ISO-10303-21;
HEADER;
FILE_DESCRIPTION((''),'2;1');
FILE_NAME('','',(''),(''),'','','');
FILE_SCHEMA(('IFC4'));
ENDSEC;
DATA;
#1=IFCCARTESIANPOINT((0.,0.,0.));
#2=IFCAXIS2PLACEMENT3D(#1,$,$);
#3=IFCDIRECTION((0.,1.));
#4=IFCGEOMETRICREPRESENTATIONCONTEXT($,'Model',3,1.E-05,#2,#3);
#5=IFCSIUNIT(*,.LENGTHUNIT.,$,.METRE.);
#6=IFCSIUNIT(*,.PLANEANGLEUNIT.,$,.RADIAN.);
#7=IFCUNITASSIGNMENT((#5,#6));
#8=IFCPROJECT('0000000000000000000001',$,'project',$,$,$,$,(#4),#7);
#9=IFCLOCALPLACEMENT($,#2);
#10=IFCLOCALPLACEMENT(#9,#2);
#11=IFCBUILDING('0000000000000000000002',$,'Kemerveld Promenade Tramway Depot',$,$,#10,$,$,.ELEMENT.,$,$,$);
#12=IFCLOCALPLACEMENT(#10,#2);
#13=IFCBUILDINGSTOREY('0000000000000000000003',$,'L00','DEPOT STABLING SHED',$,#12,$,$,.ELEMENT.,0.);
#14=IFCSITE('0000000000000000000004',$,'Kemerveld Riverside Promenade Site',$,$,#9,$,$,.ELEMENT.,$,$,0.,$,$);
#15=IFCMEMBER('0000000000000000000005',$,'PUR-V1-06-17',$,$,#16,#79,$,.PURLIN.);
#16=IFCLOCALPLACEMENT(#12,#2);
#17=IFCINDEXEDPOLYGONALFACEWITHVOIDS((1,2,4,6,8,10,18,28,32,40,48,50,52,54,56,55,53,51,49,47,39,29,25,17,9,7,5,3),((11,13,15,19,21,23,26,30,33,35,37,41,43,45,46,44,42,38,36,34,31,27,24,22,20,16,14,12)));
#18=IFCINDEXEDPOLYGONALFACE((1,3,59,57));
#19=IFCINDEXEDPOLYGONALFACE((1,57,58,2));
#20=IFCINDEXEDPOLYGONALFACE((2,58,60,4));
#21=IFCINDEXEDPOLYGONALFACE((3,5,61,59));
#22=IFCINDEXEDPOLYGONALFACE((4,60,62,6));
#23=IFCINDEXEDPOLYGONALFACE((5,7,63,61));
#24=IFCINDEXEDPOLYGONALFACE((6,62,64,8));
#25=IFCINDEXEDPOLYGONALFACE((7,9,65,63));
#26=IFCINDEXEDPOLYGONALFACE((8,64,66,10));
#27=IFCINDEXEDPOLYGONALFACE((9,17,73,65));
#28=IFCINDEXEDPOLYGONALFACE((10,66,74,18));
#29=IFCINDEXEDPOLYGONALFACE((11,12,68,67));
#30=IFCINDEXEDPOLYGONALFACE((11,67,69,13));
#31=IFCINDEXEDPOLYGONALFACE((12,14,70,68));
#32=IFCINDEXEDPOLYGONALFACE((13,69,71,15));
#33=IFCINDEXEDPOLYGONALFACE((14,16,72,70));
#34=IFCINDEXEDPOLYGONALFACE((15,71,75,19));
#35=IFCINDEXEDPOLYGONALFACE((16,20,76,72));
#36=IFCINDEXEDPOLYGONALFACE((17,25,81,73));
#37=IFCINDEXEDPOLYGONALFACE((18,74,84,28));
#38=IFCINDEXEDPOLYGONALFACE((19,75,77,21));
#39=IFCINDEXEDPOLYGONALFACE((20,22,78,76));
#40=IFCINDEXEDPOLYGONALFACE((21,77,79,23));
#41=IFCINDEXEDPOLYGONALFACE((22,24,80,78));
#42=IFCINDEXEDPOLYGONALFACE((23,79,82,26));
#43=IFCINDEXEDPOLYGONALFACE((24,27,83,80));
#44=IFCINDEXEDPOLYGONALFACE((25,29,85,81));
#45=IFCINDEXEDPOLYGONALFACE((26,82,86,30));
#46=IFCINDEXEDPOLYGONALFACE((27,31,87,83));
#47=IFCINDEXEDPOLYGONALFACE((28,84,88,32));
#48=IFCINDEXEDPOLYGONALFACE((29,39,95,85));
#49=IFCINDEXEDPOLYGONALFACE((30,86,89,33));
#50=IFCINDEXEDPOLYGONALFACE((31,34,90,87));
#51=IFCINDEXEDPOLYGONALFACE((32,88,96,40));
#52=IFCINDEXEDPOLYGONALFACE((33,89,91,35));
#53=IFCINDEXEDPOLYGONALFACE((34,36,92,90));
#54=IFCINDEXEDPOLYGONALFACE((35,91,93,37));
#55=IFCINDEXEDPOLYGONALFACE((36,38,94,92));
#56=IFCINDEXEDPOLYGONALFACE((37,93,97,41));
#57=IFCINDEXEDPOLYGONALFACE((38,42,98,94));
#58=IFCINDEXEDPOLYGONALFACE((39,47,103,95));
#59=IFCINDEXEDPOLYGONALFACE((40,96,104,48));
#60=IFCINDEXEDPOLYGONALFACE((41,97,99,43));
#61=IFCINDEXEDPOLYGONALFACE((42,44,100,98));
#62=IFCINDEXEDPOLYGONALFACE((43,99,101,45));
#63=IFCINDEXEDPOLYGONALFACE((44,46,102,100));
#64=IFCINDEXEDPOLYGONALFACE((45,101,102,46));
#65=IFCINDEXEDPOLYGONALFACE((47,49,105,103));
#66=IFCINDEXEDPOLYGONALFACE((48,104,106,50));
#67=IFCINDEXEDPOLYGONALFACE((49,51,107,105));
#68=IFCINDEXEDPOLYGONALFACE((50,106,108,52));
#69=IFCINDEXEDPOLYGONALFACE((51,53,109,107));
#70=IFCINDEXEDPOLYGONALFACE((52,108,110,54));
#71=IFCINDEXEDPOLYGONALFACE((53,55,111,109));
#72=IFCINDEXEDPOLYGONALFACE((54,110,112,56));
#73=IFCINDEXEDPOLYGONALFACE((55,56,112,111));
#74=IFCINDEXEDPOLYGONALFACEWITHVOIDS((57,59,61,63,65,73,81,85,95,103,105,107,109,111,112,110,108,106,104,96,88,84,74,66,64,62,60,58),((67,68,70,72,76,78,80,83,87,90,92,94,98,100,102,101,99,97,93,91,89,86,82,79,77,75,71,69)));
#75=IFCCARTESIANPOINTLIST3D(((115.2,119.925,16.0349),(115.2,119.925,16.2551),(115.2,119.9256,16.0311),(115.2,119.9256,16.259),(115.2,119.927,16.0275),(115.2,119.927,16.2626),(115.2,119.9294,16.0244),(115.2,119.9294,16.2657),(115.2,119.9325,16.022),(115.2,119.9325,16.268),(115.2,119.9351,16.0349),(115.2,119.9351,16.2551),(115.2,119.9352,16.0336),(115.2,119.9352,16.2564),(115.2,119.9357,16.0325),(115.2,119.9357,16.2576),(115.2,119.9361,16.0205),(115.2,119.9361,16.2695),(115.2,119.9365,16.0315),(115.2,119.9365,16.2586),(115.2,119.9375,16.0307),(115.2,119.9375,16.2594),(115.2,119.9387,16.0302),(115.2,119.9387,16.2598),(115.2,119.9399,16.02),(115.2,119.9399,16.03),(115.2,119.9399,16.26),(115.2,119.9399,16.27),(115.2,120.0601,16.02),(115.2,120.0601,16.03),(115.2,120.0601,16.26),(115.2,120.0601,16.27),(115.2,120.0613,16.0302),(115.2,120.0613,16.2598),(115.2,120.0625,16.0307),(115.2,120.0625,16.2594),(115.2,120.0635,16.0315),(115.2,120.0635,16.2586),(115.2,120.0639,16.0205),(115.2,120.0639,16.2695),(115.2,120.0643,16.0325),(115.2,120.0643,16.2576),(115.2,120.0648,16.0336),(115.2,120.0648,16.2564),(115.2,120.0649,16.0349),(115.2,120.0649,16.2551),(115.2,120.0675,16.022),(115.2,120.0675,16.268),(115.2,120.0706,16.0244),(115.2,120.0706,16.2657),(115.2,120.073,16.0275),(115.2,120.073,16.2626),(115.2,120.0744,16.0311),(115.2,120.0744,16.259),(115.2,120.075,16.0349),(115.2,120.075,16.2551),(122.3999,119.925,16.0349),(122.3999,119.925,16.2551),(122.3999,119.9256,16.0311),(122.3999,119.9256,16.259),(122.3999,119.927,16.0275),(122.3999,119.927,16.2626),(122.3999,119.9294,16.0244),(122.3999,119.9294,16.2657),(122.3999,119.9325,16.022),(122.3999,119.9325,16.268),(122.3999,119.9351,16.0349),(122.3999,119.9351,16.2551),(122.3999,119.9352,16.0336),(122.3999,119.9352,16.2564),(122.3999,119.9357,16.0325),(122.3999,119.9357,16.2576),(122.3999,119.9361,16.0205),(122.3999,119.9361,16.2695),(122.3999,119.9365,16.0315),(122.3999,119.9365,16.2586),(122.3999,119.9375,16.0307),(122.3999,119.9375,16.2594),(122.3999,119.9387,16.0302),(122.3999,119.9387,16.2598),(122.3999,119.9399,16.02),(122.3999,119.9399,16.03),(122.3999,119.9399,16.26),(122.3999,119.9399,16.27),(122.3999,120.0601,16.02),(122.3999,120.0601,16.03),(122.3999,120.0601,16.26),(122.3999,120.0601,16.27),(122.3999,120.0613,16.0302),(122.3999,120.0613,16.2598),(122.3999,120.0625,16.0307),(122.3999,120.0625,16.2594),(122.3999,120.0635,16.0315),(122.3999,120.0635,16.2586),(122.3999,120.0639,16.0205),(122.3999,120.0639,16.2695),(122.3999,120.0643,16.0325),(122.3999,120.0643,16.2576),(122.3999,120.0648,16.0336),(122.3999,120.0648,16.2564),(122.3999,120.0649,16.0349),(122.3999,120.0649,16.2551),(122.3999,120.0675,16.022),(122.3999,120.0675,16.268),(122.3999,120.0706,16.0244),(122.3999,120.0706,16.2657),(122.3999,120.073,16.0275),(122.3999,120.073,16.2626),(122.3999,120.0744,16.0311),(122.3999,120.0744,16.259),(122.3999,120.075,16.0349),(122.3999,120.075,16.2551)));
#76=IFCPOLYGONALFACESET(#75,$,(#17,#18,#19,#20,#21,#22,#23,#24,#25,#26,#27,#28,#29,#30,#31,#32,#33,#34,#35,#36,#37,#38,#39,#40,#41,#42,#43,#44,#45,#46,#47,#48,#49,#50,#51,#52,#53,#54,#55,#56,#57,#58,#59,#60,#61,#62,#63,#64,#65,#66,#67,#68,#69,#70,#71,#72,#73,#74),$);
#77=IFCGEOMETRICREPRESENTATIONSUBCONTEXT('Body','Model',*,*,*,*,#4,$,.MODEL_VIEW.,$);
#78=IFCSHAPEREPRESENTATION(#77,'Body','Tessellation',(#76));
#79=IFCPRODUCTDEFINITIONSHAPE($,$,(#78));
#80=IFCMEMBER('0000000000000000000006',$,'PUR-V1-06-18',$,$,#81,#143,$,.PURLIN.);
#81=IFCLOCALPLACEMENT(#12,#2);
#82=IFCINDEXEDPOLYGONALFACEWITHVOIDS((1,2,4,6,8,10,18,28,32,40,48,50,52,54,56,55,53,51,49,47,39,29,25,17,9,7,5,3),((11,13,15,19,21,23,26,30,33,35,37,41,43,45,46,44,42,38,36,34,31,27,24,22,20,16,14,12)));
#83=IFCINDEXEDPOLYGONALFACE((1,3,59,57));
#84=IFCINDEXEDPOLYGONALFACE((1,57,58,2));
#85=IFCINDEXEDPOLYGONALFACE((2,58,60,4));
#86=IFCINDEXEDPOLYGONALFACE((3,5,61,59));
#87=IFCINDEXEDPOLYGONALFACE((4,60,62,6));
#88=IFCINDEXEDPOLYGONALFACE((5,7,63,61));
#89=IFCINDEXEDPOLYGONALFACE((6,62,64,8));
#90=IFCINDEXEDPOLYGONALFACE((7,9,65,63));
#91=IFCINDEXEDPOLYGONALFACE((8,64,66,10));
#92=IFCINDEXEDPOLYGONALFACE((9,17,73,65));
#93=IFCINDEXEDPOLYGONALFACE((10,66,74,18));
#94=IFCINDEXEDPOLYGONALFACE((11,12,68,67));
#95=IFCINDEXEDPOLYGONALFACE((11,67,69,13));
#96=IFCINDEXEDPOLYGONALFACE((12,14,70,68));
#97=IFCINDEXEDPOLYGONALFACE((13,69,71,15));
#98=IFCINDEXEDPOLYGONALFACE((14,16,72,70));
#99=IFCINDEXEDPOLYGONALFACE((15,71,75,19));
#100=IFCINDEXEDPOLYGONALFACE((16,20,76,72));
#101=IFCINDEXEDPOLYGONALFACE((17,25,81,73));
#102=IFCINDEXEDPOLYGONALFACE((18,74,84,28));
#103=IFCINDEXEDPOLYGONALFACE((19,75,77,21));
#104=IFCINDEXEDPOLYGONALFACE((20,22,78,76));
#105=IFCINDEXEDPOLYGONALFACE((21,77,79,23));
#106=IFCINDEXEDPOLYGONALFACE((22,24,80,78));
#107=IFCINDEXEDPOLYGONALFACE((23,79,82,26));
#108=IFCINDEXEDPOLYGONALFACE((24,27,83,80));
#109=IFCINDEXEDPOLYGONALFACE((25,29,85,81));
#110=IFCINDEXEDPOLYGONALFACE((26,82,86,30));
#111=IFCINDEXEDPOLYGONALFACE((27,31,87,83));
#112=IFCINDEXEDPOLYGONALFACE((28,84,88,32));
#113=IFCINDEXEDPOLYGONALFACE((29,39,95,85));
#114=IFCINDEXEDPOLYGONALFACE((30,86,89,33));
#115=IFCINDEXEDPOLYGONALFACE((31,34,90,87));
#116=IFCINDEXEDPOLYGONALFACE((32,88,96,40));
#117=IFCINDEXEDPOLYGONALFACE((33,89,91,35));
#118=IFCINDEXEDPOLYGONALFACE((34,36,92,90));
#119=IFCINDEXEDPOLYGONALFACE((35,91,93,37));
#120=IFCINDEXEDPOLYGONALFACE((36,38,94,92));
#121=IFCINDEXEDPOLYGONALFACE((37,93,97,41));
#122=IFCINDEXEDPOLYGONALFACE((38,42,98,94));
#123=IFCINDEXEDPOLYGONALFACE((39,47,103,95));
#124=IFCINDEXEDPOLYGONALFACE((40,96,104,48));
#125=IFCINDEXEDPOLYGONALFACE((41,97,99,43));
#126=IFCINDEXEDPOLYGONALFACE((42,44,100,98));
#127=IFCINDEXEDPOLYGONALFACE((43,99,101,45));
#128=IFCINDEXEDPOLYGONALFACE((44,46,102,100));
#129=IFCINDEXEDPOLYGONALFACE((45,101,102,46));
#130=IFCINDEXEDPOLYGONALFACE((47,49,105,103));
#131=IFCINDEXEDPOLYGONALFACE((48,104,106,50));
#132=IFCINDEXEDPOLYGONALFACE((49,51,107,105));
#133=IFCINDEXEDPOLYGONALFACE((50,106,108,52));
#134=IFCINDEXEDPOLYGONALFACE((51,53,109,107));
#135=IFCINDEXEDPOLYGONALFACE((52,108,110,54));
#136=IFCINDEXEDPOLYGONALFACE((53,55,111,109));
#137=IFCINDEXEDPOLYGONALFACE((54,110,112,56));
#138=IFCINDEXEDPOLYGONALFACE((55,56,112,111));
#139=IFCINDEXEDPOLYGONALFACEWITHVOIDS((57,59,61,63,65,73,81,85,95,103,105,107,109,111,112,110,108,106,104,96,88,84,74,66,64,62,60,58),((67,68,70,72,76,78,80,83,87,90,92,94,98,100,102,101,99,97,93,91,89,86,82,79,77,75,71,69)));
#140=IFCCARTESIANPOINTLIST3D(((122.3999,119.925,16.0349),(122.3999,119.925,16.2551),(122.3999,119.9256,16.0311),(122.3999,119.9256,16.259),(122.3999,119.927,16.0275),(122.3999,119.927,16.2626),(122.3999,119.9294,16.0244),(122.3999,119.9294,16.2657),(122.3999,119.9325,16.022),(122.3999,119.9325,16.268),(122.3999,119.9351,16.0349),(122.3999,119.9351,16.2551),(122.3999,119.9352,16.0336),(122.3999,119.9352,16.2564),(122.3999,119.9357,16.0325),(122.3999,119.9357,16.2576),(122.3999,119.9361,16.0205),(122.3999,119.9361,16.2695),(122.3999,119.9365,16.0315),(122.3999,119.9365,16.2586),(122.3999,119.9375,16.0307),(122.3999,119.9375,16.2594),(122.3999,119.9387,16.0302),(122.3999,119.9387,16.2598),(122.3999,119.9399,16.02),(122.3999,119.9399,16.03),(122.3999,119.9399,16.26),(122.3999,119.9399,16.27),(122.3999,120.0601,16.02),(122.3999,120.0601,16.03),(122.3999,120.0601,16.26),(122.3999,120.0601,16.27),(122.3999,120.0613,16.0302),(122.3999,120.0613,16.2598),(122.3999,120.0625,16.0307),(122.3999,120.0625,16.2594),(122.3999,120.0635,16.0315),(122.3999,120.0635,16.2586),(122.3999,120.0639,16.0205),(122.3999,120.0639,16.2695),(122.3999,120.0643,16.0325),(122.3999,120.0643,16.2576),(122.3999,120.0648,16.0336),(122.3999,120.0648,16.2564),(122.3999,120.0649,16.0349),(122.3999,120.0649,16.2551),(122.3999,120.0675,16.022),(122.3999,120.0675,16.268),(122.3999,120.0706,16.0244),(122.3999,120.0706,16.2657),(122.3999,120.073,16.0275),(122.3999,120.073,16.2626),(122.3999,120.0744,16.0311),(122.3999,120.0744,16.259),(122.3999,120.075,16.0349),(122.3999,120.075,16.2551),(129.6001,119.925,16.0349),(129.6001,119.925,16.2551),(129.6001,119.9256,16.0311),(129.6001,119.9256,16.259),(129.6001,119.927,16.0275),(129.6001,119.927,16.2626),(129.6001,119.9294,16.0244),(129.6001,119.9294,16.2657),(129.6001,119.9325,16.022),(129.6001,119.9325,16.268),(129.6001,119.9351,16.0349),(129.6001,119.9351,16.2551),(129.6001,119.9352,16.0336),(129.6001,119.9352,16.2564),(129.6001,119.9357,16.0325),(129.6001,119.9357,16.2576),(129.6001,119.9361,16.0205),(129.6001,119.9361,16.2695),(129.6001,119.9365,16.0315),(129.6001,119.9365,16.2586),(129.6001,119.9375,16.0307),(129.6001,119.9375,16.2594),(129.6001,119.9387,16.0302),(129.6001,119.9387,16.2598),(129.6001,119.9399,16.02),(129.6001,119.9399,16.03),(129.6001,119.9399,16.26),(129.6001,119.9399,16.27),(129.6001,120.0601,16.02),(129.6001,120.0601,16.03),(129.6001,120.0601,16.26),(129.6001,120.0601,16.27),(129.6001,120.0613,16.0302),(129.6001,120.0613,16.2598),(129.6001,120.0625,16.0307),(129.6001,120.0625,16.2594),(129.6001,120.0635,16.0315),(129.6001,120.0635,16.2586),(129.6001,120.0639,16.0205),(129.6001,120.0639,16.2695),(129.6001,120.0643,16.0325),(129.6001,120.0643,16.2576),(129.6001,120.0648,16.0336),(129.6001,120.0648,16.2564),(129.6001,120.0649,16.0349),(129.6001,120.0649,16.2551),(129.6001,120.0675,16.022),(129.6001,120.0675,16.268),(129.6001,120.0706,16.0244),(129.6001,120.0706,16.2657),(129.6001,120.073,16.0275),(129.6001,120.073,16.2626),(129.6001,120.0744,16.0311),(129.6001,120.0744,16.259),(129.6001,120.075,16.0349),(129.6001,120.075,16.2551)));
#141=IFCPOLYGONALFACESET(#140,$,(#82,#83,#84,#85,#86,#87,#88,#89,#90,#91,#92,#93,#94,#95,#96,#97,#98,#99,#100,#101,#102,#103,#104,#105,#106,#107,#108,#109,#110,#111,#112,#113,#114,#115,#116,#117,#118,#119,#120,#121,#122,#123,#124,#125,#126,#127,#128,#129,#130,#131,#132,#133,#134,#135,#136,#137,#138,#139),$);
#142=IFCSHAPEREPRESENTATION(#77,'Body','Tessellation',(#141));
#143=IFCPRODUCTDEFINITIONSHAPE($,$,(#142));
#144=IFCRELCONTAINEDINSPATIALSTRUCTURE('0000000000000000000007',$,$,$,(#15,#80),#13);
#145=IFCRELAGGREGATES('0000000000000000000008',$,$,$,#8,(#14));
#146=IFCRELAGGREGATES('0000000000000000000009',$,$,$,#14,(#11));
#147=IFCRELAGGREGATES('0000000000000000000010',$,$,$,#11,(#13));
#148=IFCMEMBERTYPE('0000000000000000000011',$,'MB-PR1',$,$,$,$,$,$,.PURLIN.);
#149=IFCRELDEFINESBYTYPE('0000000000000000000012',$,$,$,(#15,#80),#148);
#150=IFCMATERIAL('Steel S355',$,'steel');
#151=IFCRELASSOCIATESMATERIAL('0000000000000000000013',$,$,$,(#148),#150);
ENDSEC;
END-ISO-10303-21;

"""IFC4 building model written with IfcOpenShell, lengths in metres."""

from ifc_helpers import new_model, si_unit, direction, frame, origin, origin_2d, place, context, subcontext, project, spatial, hollow_rectangle, extrude, material, material_profile, profile_set, type_object, element, save


model = new_model("IFC4")

# Units and contexts
model_context = context("Model", 3, precision=1e-05, world=origin(), true_north=direction((0.0, 1.0)))
body_context = subcontext(model_context, "Body", "Model", "MODEL_VIEW")
ifc_project = project(units=[si_unit("LENGTHUNIT", "METRE"), si_unit("PLANEANGLEUNIT", "RADIAN")], contexts=[model_context])

# Site, building, storey
site_placement = place(None, origin())
site = spatial("IfcSite", under=ifc_project, at=site_placement, Name="Kemerveld Riverside Promenade Site", CompositionType="ELEMENT", RefElevation=0.0)
building_placement = place(site_placement, origin())
building = spatial("IfcBuilding", under=site, at=building_placement, Name="Kemerveld Promenade Tramway Depot", CompositionType="ELEMENT")
storey_placement = place(building_placement, origin())
storey = spatial("IfcBuildingStorey", under=building, at=storey_placement, Name="L00", Description="DEPOT STABLING SHED", CompositionType="ELEMENT", Elevation=0.0)

# Members
ifc_material_1 = material(Name="Steel S355", Category="steel")
ifc_material_profile_1 = material_profile(ifc_material_1, hollow_rectangle(XDim=0.1499, YDim=0.25, WallThickness=0.01, InnerFilletRadius=0.0049, OuterFilletRadius=0.0149, at=origin_2d()), Name="250x150x10.0 RHS")
ifc_profile_set_1 = profile_set([ifc_material_profile_1], Name="Steel S355")
member_type_1 = type_object("IfcMemberType", Name="MB-PR1", PredefinedType="PURLIN", material=ifc_profile_set_1)
member_1_placement = place(storey_placement, frame((115.2, 120.0, 16.145), z_axis=(1.0, 0.0, 0.0), x_axis=(0.0, 1.0, 0.0)))
element("IfcMember", 1, at=member_1_placement, inside=storey, type_object=member_type_1, Name="PUR-V1-06-17", PredefinedType="PURLIN", context=body_context, shape_type="SweptSolid", body=[
    extrude(hollow_rectangle(XDim=0.1499, YDim=0.25, WallThickness=0.01, InnerFilletRadius=0.0049, OuterFilletRadius=0.0149, at=origin_2d()), origin(), (0.0, 0.0, 1.0), 7.2),
])
member_2_placement = place(storey_placement, frame((122.3999, 120.0, 16.145), z_axis=(1.0, 0.0, 0.0), x_axis=(0.0, 1.0, 0.0)))
element("IfcMember", 2, at=member_2_placement, inside=storey, type_object=member_type_1, Name="PUR-V1-06-18", PredefinedType="PURLIN", context=body_context, shape_type="SweptSolid", body=[
    extrude(hollow_rectangle(XDim=0.1499, YDim=0.25, WallThickness=0.01, InnerFilletRadius=0.0049, OuterFilletRadius=0.0149, at=origin_2d()), origin(), (0.0, 0.0, 1.0), 7.2002),
])

save(model, "model.ifc")
